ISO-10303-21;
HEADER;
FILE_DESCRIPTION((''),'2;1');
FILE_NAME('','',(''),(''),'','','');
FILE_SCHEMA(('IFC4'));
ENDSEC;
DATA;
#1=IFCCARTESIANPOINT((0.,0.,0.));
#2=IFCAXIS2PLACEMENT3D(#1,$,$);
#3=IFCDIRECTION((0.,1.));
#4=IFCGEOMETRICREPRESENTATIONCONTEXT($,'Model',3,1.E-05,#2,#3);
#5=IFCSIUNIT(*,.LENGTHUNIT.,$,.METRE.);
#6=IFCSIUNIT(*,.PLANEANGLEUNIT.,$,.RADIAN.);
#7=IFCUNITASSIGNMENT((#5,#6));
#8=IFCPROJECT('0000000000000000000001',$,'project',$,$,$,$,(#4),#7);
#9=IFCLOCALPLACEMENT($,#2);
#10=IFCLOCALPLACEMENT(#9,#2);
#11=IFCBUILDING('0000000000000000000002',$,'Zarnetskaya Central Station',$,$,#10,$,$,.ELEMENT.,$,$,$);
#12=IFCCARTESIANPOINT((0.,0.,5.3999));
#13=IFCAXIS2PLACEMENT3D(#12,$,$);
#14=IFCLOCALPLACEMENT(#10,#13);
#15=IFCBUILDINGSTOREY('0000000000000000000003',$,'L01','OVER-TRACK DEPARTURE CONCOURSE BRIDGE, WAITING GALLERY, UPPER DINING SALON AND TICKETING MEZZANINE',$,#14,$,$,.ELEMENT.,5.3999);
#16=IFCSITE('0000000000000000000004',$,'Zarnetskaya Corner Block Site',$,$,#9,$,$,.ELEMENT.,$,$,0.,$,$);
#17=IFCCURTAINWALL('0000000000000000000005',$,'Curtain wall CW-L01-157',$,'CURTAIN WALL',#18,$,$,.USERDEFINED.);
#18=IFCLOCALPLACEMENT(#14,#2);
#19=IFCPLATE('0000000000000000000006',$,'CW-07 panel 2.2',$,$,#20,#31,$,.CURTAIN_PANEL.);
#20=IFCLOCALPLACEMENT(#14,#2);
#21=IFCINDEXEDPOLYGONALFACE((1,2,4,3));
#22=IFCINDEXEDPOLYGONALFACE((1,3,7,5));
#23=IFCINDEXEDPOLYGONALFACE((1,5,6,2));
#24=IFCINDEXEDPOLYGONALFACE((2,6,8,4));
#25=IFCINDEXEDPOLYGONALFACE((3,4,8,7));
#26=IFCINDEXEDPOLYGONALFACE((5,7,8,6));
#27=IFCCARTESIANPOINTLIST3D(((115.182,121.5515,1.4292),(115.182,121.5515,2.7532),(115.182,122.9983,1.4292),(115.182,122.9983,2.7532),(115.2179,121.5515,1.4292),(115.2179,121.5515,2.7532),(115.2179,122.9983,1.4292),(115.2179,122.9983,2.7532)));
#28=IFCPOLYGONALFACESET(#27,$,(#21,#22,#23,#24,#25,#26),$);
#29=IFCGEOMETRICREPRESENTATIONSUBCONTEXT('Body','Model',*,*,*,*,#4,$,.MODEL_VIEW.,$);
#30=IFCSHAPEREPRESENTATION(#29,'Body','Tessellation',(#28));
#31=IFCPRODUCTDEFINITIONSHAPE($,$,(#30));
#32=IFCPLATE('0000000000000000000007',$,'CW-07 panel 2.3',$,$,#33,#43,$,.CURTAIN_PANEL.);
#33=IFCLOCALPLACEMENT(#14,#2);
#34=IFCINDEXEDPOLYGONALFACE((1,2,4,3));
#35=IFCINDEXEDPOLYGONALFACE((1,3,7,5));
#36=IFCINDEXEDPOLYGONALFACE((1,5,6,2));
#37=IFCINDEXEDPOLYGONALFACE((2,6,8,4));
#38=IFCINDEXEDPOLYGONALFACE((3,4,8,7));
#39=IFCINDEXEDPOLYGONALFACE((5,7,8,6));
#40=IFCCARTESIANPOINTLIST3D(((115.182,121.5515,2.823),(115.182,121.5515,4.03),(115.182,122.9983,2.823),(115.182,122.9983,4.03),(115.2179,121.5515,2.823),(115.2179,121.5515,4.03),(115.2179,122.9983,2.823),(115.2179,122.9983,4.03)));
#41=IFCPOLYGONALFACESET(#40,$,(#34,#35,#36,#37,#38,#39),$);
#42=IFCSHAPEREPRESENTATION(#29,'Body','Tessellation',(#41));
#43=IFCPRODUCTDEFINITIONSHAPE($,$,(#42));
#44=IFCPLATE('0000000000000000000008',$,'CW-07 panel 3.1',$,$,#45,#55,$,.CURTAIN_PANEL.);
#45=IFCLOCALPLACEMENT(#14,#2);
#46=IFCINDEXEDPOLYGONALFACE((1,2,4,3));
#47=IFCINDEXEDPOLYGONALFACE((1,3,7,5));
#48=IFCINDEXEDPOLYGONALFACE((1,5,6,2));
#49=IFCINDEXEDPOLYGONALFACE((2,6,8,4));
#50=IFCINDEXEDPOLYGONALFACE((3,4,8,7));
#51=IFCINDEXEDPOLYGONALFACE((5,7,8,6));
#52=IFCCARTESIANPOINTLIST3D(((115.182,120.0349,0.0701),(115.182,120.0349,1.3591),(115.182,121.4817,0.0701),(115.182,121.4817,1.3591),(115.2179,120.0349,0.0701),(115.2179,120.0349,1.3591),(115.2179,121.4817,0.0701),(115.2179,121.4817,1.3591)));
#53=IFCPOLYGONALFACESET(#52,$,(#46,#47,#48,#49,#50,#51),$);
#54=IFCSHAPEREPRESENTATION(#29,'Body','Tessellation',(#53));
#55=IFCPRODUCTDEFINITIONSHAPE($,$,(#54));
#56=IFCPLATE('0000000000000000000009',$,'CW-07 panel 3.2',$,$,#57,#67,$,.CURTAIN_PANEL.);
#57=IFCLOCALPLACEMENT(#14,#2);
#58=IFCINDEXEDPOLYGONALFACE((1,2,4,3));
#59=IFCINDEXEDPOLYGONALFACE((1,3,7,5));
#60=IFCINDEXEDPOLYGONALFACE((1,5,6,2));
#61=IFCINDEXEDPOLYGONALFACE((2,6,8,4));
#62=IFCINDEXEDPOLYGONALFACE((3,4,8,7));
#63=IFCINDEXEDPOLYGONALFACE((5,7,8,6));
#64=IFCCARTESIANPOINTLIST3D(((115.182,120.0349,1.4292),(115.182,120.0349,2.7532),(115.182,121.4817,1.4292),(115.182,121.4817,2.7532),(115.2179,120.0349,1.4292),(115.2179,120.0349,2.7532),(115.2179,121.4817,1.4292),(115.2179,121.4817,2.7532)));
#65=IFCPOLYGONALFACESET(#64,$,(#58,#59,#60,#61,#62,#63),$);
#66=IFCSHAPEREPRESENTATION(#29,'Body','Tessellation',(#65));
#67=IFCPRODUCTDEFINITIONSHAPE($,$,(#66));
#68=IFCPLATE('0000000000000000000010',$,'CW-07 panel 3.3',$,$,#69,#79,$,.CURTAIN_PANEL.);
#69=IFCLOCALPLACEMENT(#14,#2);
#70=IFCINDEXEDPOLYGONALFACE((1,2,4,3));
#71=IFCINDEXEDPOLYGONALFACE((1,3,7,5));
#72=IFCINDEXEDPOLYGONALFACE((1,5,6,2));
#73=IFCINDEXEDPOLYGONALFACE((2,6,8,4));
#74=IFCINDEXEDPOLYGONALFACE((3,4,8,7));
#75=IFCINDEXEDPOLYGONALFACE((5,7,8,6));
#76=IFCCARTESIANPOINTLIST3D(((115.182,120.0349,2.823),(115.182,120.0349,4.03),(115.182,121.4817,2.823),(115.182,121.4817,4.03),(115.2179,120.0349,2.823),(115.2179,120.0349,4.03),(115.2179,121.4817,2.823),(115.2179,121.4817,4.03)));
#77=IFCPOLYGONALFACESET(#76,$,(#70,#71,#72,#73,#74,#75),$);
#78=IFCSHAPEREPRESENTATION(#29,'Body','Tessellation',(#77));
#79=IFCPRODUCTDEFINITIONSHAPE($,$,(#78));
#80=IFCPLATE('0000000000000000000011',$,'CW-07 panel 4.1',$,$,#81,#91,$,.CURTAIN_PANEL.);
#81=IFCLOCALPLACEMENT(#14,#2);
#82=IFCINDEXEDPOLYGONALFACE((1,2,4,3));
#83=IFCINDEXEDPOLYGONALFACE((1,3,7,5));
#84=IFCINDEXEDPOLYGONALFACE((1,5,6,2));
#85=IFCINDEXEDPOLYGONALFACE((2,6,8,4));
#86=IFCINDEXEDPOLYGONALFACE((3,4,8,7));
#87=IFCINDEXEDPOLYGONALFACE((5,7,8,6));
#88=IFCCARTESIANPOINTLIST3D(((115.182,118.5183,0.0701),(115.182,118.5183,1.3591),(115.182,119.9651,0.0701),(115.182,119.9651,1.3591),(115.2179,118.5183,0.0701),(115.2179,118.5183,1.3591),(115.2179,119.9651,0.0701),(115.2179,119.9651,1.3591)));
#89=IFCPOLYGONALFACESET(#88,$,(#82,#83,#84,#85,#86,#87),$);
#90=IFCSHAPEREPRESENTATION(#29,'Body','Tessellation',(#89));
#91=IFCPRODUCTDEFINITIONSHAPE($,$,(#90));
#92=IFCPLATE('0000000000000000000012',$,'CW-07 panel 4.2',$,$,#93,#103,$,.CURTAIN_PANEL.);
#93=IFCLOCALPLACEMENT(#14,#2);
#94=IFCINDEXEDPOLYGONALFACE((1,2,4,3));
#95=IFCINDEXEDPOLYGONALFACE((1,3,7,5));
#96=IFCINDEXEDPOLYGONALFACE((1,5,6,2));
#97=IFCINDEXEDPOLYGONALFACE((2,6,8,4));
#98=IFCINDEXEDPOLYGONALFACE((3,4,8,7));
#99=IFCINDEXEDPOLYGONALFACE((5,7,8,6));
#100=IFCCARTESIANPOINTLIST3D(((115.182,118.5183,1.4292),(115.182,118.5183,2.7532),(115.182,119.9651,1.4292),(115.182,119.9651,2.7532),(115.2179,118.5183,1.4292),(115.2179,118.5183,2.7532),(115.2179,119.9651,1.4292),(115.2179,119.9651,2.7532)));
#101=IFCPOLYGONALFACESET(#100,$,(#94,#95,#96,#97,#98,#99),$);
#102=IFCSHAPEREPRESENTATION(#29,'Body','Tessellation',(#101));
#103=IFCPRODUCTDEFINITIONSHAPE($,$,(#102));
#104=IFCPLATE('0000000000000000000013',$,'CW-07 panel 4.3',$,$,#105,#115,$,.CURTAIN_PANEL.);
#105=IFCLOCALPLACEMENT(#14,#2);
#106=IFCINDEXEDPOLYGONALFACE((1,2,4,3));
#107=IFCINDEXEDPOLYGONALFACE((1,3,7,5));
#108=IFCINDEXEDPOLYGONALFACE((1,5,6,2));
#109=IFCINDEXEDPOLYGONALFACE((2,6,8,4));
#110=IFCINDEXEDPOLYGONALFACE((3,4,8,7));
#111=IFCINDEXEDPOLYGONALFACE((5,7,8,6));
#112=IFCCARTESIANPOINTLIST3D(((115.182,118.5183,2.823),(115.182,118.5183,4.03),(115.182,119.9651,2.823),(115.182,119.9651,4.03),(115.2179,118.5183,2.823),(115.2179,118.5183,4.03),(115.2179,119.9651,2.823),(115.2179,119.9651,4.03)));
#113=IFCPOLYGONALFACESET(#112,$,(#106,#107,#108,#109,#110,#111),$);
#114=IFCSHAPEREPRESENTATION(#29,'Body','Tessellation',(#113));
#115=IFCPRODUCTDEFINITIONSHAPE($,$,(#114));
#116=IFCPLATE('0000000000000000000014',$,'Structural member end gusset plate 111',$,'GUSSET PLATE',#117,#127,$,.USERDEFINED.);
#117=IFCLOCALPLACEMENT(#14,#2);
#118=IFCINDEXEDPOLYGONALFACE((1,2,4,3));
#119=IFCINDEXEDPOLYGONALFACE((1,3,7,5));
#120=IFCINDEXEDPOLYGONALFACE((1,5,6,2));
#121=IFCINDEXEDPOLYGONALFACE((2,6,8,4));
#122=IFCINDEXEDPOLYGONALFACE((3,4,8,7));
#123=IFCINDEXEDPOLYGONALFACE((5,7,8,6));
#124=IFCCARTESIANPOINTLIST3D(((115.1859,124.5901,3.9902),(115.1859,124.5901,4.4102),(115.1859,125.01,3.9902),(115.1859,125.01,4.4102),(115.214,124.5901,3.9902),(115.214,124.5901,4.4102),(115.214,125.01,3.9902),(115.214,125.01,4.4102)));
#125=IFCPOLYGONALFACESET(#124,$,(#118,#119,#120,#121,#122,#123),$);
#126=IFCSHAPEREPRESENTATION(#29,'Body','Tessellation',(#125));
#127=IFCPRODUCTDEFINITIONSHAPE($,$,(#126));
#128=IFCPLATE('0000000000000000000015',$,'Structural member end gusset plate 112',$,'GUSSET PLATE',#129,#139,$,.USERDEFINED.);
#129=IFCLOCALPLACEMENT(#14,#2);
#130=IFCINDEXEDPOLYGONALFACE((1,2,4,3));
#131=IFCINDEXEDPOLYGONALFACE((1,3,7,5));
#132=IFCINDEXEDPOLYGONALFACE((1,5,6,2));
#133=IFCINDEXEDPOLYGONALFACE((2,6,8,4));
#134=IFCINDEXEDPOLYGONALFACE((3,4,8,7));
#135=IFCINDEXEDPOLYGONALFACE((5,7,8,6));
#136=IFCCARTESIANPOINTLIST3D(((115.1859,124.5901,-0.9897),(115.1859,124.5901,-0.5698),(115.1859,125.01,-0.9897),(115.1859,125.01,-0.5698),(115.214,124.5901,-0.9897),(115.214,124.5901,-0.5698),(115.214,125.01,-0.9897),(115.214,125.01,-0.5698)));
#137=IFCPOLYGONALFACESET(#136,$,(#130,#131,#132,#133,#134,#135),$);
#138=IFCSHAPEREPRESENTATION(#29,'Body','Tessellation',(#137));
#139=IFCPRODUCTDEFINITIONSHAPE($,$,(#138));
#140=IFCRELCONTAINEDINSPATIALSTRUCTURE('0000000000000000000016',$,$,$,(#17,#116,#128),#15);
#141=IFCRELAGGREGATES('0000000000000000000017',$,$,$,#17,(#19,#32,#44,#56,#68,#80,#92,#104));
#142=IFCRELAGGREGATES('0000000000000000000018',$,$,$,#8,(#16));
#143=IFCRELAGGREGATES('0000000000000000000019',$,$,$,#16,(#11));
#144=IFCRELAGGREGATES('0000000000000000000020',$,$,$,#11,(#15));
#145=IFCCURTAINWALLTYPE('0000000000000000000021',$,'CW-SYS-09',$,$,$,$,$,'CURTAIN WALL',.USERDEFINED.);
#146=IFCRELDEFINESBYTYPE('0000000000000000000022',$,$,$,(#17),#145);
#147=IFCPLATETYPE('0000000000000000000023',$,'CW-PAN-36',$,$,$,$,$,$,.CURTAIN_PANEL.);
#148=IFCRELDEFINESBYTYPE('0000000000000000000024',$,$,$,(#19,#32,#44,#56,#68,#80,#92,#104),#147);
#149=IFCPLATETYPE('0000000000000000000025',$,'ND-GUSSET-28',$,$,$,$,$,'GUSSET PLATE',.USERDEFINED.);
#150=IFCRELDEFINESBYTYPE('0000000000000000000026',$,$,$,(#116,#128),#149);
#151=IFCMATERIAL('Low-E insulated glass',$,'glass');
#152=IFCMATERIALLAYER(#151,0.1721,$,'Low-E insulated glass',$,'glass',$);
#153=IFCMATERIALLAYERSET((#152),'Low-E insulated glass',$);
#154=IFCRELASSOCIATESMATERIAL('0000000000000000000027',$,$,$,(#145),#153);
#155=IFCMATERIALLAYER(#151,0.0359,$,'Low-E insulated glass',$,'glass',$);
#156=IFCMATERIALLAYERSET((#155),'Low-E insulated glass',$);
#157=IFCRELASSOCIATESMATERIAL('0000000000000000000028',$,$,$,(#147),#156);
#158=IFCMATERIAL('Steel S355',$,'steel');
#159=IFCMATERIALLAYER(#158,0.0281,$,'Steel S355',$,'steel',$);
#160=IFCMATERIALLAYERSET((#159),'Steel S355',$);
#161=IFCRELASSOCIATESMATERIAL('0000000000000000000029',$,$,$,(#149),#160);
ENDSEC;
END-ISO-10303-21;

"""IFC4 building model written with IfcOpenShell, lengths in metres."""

from ifc_helpers import new_model, si_unit, direction, frame, origin, origin_2d, place, context, subcontext, project, spatial, rectangle, extrude, material, layer, layer_set, type_object, element, aggregate, save


model = new_model("IFC4")

# Units and contexts
model_context = context("Model", 3, precision=1e-05, world=origin(), true_north=direction((0.0, 1.0)))
body_context = subcontext(model_context, "Body", "Model", "MODEL_VIEW")
ifc_project = project(units=[si_unit("LENGTHUNIT", "METRE"), si_unit("PLANEANGLEUNIT", "RADIAN")], contexts=[model_context])

# Site, building, storey
site_placement = place(None, origin())
site = spatial("IfcSite", under=ifc_project, at=site_placement, Name="Zarnetskaya Corner Block Site", CompositionType="ELEMENT", RefElevation=0.0)
building_placement = place(site_placement, origin())
building = spatial("IfcBuilding", under=site, at=building_placement, Name="Zarnetskaya Central Station", CompositionType="ELEMENT")
storey_placement = place(building_placement, frame((0.0, 0.0, 5.3999)))
storey = spatial("IfcBuildingStorey", under=building, at=storey_placement, Name="L01", Description="OVER-TRACK DEPARTURE CONCOURSE BRIDGE, WAITING GALLERY, UPPER DINING SALON AND TICKETING MEZZANINE", CompositionType="ELEMENT", Elevation=5.3999)

# Shared definitions
ifc_material_1 = material(Name="Steel S355", Category="steel")

# Curtain wall
ifc_material_2 = material(Name="Low-E insulated glass", Category="glass")
ifc_layer_1 = layer(ifc_material_2, 0.1721, Name="Low-E insulated glass", Category="glass")
ifc_layer_set_1 = layer_set([ifc_layer_1], Name="Low-E insulated glass")
curtain_wall_type = type_object("IfcCurtainWallType", Name="CW-SYS-09", ElementType="CURTAIN WALL", PredefinedType="USERDEFINED", material=ifc_layer_set_1)
curtain_wall_placement = place(storey_placement, origin())
curtain_wall = element("IfcCurtainWall", 1, at=curtain_wall_placement, inside=storey, type_object=curtain_wall_type, Name="Curtain wall CW-L01-157", ObjectType="CURTAIN WALL", PredefinedType="USERDEFINED")

# Plates
ifc_layer_2 = layer(ifc_material_2, 0.0359, Name="Low-E insulated glass", Category="glass")
ifc_layer_set_2 = layer_set([ifc_layer_2], Name="Low-E insulated glass")
plate_type_1 = type_object("IfcPlateType", Name="CW-PAN-36", PredefinedType="CURTAIN_PANEL", material=ifc_layer_set_2)
plate_1_placement = place(storey_placement, frame((115.2, 122.2749, 1.4292), z_axis=(0.0, 0.0, 1.0), x_axis=(0.0, -1.0, 0.0)))
plate_1 = element("IfcPlate", 2, at=plate_1_placement, type_object=plate_type_1, Name="CW-07 panel 2.2", PredefinedType="CURTAIN_PANEL", context=body_context, shape_type="SweptSolid", body=[
    extrude(rectangle(XDim=1.4468, YDim=0.0359, at=origin_2d()), origin(), (0.0, 0.0, 1.0), 1.324),
])
plate_2_placement = place(storey_placement, frame((115.2, 122.2749, 2.823), z_axis=(0.0, 0.0, 1.0), x_axis=(0.0, -1.0, 0.0)))
plate_2 = element("IfcPlate", 3, at=plate_2_placement, type_object=plate_type_1, Name="CW-07 panel 2.3", PredefinedType="CURTAIN_PANEL", context=body_context, shape_type="SweptSolid", body=[
    extrude(rectangle(XDim=1.4468, YDim=0.0359, at=origin_2d()), origin(), (0.0, 0.0, 1.0), 1.207),
])
plate_3_placement = place(storey_placement, frame((115.2, 120.7583, 0.0701), z_axis=(0.0, 0.0, 1.0), x_axis=(0.0, -1.0, 0.0)))
plate_3 = element("IfcPlate", 4, at=plate_3_placement, type_object=plate_type_1, Name="CW-07 panel 3.1", PredefinedType="CURTAIN_PANEL", context=body_context, shape_type="SweptSolid", body=[
    extrude(rectangle(XDim=1.4468, YDim=0.0359, at=origin_2d()), origin(), (0.0, 0.0, 1.0), 1.2891),
])
plate_4_placement = place(storey_placement, frame((115.2, 120.7583, 1.4292), z_axis=(0.0, 0.0, 1.0), x_axis=(0.0, -1.0, 0.0)))
plate_4 = element("IfcPlate", 5, at=plate_4_placement, type_object=plate_type_1, Name="CW-07 panel 3.2", PredefinedType="CURTAIN_PANEL", context=body_context, shape_type="SweptSolid", body=[
    extrude(rectangle(XDim=1.4468, YDim=0.0359, at=origin_2d()), origin(), (0.0, 0.0, 1.0), 1.324),
])
plate_5_placement = place(storey_placement, frame((115.2, 120.7583, 2.823), z_axis=(0.0, 0.0, 1.0), x_axis=(0.0, -1.0, 0.0)))
plate_5 = element("IfcPlate", 6, at=plate_5_placement, type_object=plate_type_1, Name="CW-07 panel 3.3", PredefinedType="CURTAIN_PANEL", context=body_context, shape_type="SweptSolid", body=[
    extrude(rectangle(XDim=1.4468, YDim=0.0359, at=origin_2d()), origin(), (0.0, 0.0, 1.0), 1.207),
])
plate_6_placement = place(storey_placement, frame((115.2, 119.2417, 0.0701), z_axis=(0.0, 0.0, 1.0), x_axis=(0.0, -1.0, 0.0)))
plate_6 = element("IfcPlate", 7, at=plate_6_placement, type_object=plate_type_1, Name="CW-07 panel 4.1", PredefinedType="CURTAIN_PANEL", context=body_context, shape_type="SweptSolid", body=[
    extrude(rectangle(XDim=1.4468, YDim=0.0359, at=origin_2d()), origin(), (0.0, 0.0, 1.0), 1.2891),
])
plate_7_placement = place(storey_placement, frame((115.2, 119.2417, 1.4292), z_axis=(0.0, 0.0, 1.0), x_axis=(0.0, -1.0, 0.0)))
plate_7 = element("IfcPlate", 8, at=plate_7_placement, type_object=plate_type_1, Name="CW-07 panel 4.2", PredefinedType="CURTAIN_PANEL", context=body_context, shape_type="SweptSolid", body=[
    extrude(rectangle(XDim=1.4468, YDim=0.0359, at=origin_2d()), origin(), (0.0, 0.0, 1.0), 1.324),
])
plate_8_placement = place(storey_placement, frame((115.2, 119.2417, 2.823), z_axis=(0.0, 0.0, 1.0), x_axis=(0.0, -1.0, 0.0)))
plate_8 = element("IfcPlate", 9, at=plate_8_placement, type_object=plate_type_1, Name="CW-07 panel 4.3", PredefinedType="CURTAIN_PANEL", context=body_context, shape_type="SweptSolid", body=[
    extrude(rectangle(XDim=1.4468, YDim=0.0359, at=origin_2d()), origin(), (0.0, 0.0, 1.0), 1.207),
])
aggregate(curtain_wall, [plate_1, plate_2, plate_3, plate_4, plate_5, plate_6, plate_7, plate_8])

# Plates
ifc_layer_3 = layer(ifc_material_1, 0.0281, Name="Steel S355", Category="steel")
ifc_layer_set_3 = layer_set([ifc_layer_3], Name="Steel S355")
plate_type_2 = type_object("IfcPlateType", Name="ND-GUSSET-28", ElementType="GUSSET PLATE", PredefinedType="USERDEFINED", material=ifc_layer_set_3)
for number, where, z_axis, x_axis, name in (
    (10, (115.2, 124.8, 3.9902), (0.0, 0.0, 1.0), (1.0, 0.0, 0.0), "Structural member end gusset plate 111"),
    (11, (115.2, 124.8, -0.9897), (0.0, 0.0, 1.0), (1.0, 0.0, 0.0), "Structural member end gusset plate 112"),
):
    element("IfcPlate", number, at=place(storey_placement, frame(where, z_axis=z_axis, x_axis=x_axis)), inside=storey, type_object=plate_type_2, Name=name, ObjectType="GUSSET PLATE", PredefinedType="USERDEFINED", context=body_context, shape_type="SweptSolid", body=[
        extrude(rectangle(XDim=0.0281, YDim=0.4199, at=origin_2d()), origin(), (0.0, 0.0, 1.0), 0.4199),
    ])

save(model, "model.ifc")
